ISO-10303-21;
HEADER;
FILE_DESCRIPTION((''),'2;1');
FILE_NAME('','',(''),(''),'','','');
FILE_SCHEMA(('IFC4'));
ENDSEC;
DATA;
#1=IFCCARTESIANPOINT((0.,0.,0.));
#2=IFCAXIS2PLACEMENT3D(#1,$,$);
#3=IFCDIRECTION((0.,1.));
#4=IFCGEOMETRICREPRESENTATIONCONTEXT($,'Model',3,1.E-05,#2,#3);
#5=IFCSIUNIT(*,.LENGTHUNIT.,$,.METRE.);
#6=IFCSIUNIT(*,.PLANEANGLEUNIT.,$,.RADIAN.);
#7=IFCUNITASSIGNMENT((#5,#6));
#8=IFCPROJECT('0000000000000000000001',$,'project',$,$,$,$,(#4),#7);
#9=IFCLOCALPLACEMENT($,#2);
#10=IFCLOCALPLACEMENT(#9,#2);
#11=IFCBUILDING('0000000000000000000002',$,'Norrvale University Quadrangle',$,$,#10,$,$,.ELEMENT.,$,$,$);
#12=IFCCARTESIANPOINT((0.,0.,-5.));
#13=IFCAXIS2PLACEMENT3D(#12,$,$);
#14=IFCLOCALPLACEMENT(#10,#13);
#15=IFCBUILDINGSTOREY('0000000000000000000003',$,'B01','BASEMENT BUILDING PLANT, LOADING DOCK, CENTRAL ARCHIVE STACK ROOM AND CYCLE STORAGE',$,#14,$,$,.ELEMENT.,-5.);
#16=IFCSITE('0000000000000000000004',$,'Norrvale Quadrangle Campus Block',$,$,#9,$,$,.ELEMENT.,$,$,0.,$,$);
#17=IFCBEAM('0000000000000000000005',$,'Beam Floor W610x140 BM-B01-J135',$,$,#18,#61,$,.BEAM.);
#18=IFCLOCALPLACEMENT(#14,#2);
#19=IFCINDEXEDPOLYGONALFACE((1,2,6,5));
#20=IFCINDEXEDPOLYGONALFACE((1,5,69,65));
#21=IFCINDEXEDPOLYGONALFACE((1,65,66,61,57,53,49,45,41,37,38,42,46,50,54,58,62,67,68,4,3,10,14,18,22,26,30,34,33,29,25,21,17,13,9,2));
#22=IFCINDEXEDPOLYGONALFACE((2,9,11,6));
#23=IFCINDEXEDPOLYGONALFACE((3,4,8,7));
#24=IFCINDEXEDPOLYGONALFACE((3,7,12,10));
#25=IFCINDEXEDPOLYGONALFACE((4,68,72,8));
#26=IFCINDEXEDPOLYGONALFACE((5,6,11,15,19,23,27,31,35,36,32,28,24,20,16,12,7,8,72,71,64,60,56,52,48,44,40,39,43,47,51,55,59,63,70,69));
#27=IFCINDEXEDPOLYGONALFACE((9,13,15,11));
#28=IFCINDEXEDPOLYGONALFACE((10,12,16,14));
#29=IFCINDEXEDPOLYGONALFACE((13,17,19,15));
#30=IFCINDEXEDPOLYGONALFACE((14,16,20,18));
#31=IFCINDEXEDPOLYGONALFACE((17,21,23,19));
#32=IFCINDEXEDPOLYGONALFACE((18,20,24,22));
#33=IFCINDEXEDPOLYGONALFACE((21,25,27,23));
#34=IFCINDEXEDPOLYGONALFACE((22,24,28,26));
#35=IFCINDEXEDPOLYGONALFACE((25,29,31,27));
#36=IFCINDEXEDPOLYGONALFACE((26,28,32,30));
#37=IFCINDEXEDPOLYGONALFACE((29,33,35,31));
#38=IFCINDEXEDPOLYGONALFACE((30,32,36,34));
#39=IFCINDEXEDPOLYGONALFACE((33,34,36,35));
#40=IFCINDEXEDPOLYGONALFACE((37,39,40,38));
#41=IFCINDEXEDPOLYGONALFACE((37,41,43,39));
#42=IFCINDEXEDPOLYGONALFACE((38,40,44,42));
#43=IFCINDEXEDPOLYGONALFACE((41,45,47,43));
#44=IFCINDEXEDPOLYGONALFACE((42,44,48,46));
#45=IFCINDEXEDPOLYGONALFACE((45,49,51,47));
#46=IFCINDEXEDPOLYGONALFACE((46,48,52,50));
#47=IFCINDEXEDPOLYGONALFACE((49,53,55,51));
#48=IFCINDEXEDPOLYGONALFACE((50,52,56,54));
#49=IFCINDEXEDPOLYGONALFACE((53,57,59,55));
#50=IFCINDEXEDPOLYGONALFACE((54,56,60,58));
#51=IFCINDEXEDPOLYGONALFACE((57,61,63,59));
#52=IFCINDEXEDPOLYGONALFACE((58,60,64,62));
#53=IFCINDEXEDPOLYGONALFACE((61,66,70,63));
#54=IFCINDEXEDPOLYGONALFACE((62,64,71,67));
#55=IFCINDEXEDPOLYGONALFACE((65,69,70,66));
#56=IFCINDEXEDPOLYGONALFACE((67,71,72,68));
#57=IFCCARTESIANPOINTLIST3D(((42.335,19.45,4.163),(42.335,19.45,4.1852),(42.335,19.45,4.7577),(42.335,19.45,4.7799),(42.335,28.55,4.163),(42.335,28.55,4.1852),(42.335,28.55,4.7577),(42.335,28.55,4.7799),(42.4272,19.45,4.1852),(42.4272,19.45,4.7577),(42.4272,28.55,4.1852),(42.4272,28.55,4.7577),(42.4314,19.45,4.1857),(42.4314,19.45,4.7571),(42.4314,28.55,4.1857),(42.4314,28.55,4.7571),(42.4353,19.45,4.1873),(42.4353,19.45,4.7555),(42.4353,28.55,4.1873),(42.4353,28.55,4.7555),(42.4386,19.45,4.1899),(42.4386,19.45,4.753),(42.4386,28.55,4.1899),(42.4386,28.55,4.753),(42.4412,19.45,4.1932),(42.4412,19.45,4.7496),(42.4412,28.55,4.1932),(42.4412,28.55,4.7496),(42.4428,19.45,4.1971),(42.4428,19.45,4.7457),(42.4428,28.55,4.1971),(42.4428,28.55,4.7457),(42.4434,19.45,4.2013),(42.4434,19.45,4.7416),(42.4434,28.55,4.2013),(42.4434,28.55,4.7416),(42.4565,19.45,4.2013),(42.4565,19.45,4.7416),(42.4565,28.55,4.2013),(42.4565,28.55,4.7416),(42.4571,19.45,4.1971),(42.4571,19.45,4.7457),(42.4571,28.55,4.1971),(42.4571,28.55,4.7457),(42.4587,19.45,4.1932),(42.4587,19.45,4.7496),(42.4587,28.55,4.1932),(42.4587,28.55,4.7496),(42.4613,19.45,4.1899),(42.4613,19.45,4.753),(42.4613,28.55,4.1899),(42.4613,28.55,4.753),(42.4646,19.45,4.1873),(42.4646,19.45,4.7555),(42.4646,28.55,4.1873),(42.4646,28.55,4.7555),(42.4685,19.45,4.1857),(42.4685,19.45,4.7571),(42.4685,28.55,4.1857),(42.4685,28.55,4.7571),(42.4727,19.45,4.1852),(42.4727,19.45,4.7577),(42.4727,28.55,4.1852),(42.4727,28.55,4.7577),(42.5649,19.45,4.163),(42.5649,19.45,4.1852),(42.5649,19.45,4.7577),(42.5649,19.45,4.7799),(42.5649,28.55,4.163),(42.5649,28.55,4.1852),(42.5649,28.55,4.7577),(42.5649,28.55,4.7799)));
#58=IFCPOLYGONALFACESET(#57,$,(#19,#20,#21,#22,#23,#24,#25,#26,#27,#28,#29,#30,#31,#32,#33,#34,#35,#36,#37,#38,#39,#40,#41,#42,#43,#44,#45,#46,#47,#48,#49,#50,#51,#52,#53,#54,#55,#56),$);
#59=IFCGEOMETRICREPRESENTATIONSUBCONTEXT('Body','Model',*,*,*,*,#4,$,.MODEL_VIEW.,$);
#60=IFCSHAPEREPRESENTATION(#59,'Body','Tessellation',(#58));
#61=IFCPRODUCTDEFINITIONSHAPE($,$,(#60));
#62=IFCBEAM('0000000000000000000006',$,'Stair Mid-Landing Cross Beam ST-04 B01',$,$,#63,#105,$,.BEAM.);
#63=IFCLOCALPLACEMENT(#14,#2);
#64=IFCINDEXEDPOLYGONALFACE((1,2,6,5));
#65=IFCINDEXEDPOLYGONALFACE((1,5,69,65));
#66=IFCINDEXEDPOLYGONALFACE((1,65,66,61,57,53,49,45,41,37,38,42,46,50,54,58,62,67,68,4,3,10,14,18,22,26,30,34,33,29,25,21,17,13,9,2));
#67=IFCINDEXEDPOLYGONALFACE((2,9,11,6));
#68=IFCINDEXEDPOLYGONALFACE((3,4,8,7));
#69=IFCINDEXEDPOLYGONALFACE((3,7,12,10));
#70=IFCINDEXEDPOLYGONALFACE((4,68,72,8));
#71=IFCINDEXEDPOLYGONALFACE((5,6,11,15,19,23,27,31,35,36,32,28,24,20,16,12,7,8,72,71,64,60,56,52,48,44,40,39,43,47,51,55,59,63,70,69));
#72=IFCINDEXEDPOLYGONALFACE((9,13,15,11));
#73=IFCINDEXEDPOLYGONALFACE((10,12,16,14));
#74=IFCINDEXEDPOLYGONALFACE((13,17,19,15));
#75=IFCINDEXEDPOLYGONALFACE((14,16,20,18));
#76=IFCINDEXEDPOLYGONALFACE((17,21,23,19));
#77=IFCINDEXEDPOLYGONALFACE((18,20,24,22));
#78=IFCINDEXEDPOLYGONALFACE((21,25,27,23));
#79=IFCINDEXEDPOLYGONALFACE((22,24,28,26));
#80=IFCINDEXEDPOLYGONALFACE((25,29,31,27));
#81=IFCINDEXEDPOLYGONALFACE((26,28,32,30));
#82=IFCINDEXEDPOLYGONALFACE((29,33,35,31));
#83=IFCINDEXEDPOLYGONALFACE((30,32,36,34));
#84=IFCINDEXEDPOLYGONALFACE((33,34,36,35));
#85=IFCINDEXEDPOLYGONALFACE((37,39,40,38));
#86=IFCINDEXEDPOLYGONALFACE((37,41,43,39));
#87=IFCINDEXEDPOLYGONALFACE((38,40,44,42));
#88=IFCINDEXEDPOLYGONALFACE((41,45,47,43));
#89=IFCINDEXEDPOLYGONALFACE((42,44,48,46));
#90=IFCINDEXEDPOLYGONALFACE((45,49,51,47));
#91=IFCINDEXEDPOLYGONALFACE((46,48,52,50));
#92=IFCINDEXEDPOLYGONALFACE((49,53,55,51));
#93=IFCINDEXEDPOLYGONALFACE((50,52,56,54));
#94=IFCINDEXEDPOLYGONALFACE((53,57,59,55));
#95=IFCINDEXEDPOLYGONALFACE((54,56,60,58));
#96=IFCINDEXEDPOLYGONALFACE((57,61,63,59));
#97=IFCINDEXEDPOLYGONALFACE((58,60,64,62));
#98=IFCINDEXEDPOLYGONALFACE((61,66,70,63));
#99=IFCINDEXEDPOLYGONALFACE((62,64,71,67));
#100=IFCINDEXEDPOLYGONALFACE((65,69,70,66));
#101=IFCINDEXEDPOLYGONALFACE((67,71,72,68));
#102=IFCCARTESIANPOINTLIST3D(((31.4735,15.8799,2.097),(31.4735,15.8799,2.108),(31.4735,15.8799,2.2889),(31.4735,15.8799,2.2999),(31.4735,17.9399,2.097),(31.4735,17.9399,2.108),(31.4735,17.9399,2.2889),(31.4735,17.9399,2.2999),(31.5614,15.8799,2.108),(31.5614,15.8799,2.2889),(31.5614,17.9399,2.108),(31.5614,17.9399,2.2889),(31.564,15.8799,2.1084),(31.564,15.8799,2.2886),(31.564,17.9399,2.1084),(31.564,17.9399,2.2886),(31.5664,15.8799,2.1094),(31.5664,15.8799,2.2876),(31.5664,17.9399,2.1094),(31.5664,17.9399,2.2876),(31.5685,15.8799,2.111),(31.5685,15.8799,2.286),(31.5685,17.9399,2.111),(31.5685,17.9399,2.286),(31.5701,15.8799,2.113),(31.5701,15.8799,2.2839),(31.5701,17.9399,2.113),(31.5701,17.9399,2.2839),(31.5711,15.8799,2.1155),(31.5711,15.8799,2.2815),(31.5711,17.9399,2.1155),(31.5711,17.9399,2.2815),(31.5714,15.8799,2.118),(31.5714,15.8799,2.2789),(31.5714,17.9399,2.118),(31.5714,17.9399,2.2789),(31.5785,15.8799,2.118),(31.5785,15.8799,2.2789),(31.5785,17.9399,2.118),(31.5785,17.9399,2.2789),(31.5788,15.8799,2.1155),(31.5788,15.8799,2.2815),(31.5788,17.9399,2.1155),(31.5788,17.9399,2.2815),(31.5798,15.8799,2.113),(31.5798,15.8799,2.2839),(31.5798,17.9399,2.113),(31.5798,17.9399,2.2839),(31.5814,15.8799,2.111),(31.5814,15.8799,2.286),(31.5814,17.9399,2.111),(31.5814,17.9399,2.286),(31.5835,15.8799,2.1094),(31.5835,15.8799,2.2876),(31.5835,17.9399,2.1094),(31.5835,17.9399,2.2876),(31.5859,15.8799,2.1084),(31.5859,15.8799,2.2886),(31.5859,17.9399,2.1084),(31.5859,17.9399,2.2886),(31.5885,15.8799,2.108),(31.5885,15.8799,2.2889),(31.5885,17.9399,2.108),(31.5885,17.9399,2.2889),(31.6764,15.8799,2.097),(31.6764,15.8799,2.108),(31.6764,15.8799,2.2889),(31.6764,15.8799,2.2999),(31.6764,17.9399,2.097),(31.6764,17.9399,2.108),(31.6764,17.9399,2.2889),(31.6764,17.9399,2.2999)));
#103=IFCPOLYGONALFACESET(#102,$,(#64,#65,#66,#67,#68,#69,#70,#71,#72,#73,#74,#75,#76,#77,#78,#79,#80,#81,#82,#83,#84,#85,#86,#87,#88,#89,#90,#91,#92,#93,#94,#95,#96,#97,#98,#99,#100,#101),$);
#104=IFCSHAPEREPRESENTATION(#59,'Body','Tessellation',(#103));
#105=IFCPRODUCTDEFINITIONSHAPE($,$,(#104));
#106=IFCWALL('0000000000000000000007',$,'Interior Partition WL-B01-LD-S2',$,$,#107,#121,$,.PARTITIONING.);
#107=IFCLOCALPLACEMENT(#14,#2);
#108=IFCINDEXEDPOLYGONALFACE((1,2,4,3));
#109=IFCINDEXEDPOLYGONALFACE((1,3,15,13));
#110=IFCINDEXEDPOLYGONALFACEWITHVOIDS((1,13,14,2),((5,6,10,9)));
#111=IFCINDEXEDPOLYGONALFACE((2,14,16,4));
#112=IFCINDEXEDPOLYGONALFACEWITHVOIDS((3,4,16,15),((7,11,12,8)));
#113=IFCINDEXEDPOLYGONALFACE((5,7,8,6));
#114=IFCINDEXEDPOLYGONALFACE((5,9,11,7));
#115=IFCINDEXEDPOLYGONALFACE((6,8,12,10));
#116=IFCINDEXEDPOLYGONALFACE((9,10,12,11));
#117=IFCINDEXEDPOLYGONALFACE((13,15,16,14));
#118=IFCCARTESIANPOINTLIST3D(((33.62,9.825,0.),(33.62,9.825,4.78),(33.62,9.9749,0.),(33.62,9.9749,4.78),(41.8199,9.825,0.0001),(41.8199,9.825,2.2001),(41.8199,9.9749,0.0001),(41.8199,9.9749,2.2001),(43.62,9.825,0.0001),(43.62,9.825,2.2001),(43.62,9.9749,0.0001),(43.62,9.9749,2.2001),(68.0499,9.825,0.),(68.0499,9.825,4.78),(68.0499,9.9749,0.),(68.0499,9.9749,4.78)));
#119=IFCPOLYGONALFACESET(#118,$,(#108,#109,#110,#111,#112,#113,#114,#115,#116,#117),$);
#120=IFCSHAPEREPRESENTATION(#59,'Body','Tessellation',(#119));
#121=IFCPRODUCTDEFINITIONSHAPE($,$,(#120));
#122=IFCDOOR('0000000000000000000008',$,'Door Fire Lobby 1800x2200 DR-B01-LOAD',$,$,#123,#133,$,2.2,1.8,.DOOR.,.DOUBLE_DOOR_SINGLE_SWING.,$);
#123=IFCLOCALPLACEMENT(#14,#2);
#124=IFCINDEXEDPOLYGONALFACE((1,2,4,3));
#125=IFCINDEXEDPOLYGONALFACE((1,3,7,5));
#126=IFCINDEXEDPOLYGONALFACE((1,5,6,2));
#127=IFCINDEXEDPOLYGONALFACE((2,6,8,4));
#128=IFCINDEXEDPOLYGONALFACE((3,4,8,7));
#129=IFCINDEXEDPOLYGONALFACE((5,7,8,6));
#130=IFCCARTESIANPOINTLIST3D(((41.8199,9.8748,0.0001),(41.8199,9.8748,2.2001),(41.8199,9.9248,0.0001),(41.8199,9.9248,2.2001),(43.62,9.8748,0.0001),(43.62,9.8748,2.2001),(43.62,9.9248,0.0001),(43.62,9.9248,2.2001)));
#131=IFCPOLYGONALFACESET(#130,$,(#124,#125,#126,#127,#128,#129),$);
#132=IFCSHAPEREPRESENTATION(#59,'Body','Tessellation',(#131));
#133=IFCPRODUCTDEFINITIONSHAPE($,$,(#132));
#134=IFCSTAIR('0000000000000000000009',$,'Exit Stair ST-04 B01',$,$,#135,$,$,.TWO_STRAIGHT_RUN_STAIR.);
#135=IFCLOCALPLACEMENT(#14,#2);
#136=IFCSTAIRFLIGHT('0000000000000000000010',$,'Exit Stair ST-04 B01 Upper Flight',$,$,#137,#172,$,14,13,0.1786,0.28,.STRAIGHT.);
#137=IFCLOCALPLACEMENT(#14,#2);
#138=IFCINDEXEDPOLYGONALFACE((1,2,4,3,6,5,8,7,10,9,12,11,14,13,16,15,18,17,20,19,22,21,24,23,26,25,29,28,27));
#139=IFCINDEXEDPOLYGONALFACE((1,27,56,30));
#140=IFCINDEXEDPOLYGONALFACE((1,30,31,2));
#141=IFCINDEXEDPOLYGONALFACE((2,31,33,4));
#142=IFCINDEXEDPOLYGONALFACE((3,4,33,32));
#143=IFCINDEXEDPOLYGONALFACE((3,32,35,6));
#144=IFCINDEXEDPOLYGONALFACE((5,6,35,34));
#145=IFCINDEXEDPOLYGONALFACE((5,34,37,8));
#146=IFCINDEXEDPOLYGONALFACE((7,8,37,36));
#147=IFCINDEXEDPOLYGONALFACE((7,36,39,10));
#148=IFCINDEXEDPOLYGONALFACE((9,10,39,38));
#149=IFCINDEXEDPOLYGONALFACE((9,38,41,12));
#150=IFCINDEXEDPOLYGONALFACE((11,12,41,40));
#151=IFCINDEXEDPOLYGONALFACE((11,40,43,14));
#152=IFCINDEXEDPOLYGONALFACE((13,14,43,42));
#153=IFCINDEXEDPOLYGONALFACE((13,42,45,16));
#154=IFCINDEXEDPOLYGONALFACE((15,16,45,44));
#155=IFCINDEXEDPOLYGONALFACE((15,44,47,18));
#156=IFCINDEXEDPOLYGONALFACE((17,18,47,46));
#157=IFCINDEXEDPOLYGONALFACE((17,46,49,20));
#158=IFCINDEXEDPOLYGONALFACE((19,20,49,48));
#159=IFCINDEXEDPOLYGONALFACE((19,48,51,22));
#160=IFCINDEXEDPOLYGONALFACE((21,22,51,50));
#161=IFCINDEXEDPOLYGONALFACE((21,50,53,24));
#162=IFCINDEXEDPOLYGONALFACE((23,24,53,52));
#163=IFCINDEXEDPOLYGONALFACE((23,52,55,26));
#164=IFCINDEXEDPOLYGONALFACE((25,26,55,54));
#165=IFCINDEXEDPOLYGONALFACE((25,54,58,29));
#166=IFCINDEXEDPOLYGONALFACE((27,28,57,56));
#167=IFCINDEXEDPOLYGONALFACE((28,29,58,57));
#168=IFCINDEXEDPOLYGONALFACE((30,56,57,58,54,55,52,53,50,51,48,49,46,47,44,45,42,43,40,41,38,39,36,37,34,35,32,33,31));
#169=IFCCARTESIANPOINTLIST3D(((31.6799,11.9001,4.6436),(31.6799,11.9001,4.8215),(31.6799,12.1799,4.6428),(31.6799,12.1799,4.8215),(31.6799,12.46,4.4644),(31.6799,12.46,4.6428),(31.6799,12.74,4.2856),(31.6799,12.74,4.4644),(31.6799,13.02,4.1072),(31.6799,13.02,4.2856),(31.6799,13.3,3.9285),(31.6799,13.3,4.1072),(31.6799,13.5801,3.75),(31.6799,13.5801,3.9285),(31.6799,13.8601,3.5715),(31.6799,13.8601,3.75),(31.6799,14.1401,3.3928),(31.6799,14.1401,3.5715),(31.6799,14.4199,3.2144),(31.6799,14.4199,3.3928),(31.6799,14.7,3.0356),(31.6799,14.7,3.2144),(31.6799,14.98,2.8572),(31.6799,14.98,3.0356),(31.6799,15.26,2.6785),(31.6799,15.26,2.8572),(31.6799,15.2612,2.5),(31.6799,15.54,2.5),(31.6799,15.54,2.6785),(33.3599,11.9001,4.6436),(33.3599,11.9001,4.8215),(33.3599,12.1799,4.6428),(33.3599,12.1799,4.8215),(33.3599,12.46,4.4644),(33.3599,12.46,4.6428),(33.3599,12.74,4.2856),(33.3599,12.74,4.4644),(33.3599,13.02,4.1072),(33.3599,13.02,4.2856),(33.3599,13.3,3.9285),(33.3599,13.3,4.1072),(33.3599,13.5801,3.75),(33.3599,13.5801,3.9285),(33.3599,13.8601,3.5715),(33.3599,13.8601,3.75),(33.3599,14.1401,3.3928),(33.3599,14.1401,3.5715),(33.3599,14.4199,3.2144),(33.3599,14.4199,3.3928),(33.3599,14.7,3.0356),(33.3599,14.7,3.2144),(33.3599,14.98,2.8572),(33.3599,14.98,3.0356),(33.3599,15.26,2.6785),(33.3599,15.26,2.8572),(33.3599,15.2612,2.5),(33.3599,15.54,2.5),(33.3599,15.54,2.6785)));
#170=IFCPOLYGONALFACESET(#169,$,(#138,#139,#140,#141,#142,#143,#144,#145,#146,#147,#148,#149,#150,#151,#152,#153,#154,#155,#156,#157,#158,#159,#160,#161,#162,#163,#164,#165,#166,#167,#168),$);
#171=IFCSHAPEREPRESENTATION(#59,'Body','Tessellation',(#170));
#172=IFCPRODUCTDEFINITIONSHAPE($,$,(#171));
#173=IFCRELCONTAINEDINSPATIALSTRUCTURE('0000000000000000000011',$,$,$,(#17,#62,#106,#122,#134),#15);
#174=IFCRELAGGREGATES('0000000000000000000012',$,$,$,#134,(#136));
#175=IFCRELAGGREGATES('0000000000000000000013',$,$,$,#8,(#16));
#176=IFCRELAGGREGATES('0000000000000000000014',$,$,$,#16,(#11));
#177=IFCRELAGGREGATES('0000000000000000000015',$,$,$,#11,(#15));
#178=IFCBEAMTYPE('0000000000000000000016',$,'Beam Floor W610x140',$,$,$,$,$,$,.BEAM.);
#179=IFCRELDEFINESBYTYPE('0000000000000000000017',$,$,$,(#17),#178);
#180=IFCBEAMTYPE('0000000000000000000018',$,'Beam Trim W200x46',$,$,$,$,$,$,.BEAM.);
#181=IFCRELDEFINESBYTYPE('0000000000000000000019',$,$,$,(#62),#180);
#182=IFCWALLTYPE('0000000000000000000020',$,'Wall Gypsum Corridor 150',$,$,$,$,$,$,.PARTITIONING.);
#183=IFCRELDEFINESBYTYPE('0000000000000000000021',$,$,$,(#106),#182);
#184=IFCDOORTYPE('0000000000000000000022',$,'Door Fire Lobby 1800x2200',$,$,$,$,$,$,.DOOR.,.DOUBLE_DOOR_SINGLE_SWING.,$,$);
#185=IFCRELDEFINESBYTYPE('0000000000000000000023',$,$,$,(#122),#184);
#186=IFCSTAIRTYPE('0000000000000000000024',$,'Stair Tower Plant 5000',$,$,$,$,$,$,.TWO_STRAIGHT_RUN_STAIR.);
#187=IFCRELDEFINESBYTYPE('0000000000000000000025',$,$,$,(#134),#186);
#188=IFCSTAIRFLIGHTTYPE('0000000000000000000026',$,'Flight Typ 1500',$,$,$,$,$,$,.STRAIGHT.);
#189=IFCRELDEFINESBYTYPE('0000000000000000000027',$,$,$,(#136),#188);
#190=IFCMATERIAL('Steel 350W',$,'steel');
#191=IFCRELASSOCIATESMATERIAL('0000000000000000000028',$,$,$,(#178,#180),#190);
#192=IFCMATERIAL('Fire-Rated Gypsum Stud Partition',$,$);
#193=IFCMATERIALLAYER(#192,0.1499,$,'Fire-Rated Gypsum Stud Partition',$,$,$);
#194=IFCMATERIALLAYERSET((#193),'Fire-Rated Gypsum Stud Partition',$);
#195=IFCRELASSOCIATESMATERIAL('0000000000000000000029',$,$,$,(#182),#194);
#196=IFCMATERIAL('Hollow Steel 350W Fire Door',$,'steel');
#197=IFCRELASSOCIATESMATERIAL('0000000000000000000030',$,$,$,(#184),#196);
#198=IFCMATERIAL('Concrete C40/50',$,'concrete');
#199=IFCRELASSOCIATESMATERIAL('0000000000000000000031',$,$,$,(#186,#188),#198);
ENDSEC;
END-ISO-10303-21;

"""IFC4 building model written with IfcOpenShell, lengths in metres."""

from ifc_helpers import new_model, si_unit, direction, frame, frame_2d, origin, origin_2d, place, context, subcontext, project, spatial, polyline, rectangle, i_section, outline, extrude, material, layer, layer_set, material_profile, profile_set, type_object, element, fill, aggregate, save


model = new_model("IFC4")

# Units and contexts
model_context = context("Model", 3, precision=1e-05, world=origin(), true_north=direction((0.0, 1.0)))
body_context = subcontext(model_context, "Body", "Model", "MODEL_VIEW")
ifc_project = project(units=[si_unit("LENGTHUNIT", "METRE"), si_unit("PLANEANGLEUNIT", "RADIAN")], contexts=[model_context])

# Site, building, storey
site_placement = place(None, origin())
site = spatial("IfcSite", under=ifc_project, at=site_placement, Name="Norrvale Quadrangle Campus Block", CompositionType="ELEMENT", RefElevation=0.0)
building_placement = place(site_placement, origin())
building = spatial("IfcBuilding", under=site, at=building_placement, Name="Norrvale University Quadrangle", CompositionType="ELEMENT")
storey_placement = place(building_placement, frame((0.0, 0.0, -5.0)))
storey = spatial("IfcBuildingStorey", under=building, at=storey_placement, Name="B01", Description="BASEMENT BUILDING PLANT, LOADING DOCK, CENTRAL ARCHIVE STACK ROOM AND CYCLE STORAGE", CompositionType="ELEMENT", Elevation=-5.0)

# Beams
ifc_material_1 = material(Name="Steel 350W", Category="steel")
ifc_material_profile_1 = material_profile(ifc_material_1, i_section(OverallWidth=0.23, OverallDepth=0.6169, WebThickness=0.0132, FlangeThickness=0.0222, FilletRadius=0.0161, at=origin_2d()), Name="Steel 350W")
ifc_profile_set_1 = profile_set([ifc_material_profile_1], Name="Steel 350W")
beam_type_1 = type_object("IfcBeamType", Name="Beam Floor W610x140", PredefinedType="BEAM", material=ifc_profile_set_1)
for number, where, z_axis, x_axis, name in (
    (1, (42.45, 19.45, 4.4714), (0.0, 1.0, 0.0), (-1.0, 0.0, 0.0), "Beam Floor W610x140 BM-B01-J135"),
):
    element("IfcBeam", number, at=place(storey_placement, frame(where, z_axis=z_axis, x_axis=x_axis)), inside=storey, type_object=beam_type_1, Name=name, PredefinedType="BEAM", context=body_context, shape_type="SweptSolid", body=[
        extrude(i_section(OverallWidth=0.23, OverallDepth=0.6169, WebThickness=0.0132, FlangeThickness=0.0222, FilletRadius=0.0161, at=origin_2d()), origin(), (0.0, 0.0, 1.0), 9.1001),
    ])
ifc_material_profile_2 = material_profile(ifc_material_1, i_section(OverallWidth=0.2029, OverallDepth=0.2029, WebThickness=0.0071, FlangeThickness=0.011, FilletRadius=0.01, at=origin_2d()), Name="Steel 350W")
ifc_profile_set_2 = profile_set([ifc_material_profile_2], Name="Steel 350W")
beam_type_2 = type_object("IfcBeamType", Name="Beam Trim W200x46", PredefinedType="BEAM", material=ifc_profile_set_2)
beam_placement = place(storey_placement, frame((31.575, 15.8799, 2.1985), z_axis=(0.0, 1.0, 0.0), x_axis=(-1.0, 0.0, 0.0)))
element("IfcBeam", 2, at=beam_placement, inside=storey, type_object=beam_type_2, Name="Stair Mid-Landing Cross Beam ST-04 B01", PredefinedType="BEAM", context=body_context, shape_type="SweptSolid", body=[
    extrude(i_section(OverallWidth=0.2029, OverallDepth=0.2029, WebThickness=0.0071, FlangeThickness=0.011, FilletRadius=0.01, at=origin_2d()), origin(), (0.0, 0.0, 1.0), 2.0601),
])

# Wall, opening, door
ifc_material_2 = material(Name="Fire-Rated Gypsum Stud Partition")
ifc_layer = layer(ifc_material_2, 0.1499, Name="Fire-Rated Gypsum Stud Partition")
ifc_layer_set = layer_set([ifc_layer], Name="Fire-Rated Gypsum Stud Partition")
wall_type = type_object("IfcWallType", Name="Wall Gypsum Corridor 150", PredefinedType="PARTITIONING", material=ifc_layer_set)
wall_placement = place(storey_placement, frame((33.6201, 9.8999, 0.0), z_axis=(0.0, 0.0, 1.0), x_axis=(1.0, 0.0, 0.0)))
wall = element("IfcWall", 3, at=wall_placement, inside=storey, type_object=wall_type, Name="Interior Partition WL-B01-LD-S2", PredefinedType="PARTITIONING", context=body_context, shape_type="SweptSolid", body=[
    extrude(rectangle(XDim=34.4299, YDim=0.1499, at=frame_2d((17.2148, 0.0))), origin(), (0.0, 0.0, 1.0), 4.78),
])
opening_placement = place(wall_placement, frame((8.2, 0.0, 0.0)))
opening = element("IfcOpeningElement", 4, at=opening_placement, cuts=wall, PredefinedType="OPENING", context=body_context, shape_type="SweptSolid", body=[
    extrude(rectangle(XDim=1.8, YDim=2.2, at=frame_2d((0.8999, 1.1001))), frame((0.0, 0.0869, 0.0), z_axis=(0.0, -1.0, 0.0), x_axis=(1.0, 0.0, 0.0)), (0.0, 0.0, 1.0), 0.1738),
])
ifc_material_3 = material(Name="Hollow Steel 350W Fire Door", Category="steel")
door_type = type_object("IfcDoorType", Name="Door Fire Lobby 1800x2200", OperationType="DOUBLE_DOOR_SINGLE_SWING", PredefinedType="DOOR", material=ifc_material_3)
door_placement = place(opening_placement, origin())
door = element("IfcDoor", 5, at=door_placement, inside=storey, type_object=door_type, Name="Door Fire Lobby 1800x2200 DR-B01-LOAD", OperationType="DOUBLE_DOOR_SINGLE_SWING", OverallHeight=2.2, OverallWidth=1.8, PredefinedType="DOOR", context=body_context, shape_type="SweptSolid", body=[
    extrude(rectangle(XDim=1.8, YDim=2.2, at=frame_2d((0.8999, 1.1001))), frame((0.0, 0.0249, 0.0), z_axis=(0.0, -1.0, 0.0), x_axis=(1.0, 0.0, 0.0)), (0.0, 0.0, 1.0), 0.05),
])
fill(opening, door)

# Stair, stair flight
ifc_material_4 = material(Name="Concrete C40/50", Category="concrete")
stair_type = type_object("IfcStairType", Name="Stair Tower Plant 5000", PredefinedType="TWO_STRAIGHT_RUN_STAIR", material=ifc_material_4)
stair_placement = place(storey_placement, origin())
stair = element("IfcStair", 6, at=stair_placement, inside=storey, type_object=stair_type, Name="Exit Stair ST-04 B01", PredefinedType="TWO_STRAIGHT_RUN_STAIR")
stair_flight_type = type_object("IfcStairFlightType", Name="Flight Typ 1500", PredefinedType="STRAIGHT", material=ifc_material_4)
stair_flight_placement = place(storey_placement, frame((32.52, 15.54, 2.5), z_axis=(0.0, 0.0, 1.0), x_axis=(0.0, -1.0, 0.0)))
stair_flight = element("IfcStairFlight", 7, at=stair_flight_placement, type_object=stair_flight_type, Name="Exit Stair ST-04 B01 Upper Flight", NumberOfRisers=14, NumberOfTreads=13, PredefinedType="STRAIGHT", RiserHeight=0.1786, TreadLength=0.28, context=body_context, shape_type="SweptSolid", body=[
    extrude(outline(polyline([(0.0, 0.0), (0.0, 0.1785), (0.28, 0.1785), (0.28, 0.3572), (0.5601, 0.3572), (0.5601, 0.5356), (0.8401, 0.5356), (0.8401, 0.7144), (1.1201, 0.7144), (1.1201, 0.8928), (1.3999, 0.8928), (1.3999, 1.0715), (1.6799, 1.0715), (1.6799, 1.25), (1.96, 1.25), (1.96, 1.4285), (2.24, 1.4285), (2.24, 1.6072), (2.52, 1.6072), (2.52, 1.7856), (2.8, 1.7856), (2.8, 1.9644), (3.0801, 1.9644), (3.0801, 2.1428), (3.3601, 2.1428), (3.3601, 2.3215), (3.6399, 2.3215), (3.6399, 2.5), (3.6399, 2.1436), (0.2788, 0.0), (0.0, 0.0)])), frame((0.0, 0.8398, 0.0), z_axis=(0.0, -1.0, 0.0), x_axis=(1.0, 0.0, 0.0)), (0.0, 0.0, 1.0), 1.6799),
])
aggregate(stair, [stair_flight])

save(model, "model.ifc")
